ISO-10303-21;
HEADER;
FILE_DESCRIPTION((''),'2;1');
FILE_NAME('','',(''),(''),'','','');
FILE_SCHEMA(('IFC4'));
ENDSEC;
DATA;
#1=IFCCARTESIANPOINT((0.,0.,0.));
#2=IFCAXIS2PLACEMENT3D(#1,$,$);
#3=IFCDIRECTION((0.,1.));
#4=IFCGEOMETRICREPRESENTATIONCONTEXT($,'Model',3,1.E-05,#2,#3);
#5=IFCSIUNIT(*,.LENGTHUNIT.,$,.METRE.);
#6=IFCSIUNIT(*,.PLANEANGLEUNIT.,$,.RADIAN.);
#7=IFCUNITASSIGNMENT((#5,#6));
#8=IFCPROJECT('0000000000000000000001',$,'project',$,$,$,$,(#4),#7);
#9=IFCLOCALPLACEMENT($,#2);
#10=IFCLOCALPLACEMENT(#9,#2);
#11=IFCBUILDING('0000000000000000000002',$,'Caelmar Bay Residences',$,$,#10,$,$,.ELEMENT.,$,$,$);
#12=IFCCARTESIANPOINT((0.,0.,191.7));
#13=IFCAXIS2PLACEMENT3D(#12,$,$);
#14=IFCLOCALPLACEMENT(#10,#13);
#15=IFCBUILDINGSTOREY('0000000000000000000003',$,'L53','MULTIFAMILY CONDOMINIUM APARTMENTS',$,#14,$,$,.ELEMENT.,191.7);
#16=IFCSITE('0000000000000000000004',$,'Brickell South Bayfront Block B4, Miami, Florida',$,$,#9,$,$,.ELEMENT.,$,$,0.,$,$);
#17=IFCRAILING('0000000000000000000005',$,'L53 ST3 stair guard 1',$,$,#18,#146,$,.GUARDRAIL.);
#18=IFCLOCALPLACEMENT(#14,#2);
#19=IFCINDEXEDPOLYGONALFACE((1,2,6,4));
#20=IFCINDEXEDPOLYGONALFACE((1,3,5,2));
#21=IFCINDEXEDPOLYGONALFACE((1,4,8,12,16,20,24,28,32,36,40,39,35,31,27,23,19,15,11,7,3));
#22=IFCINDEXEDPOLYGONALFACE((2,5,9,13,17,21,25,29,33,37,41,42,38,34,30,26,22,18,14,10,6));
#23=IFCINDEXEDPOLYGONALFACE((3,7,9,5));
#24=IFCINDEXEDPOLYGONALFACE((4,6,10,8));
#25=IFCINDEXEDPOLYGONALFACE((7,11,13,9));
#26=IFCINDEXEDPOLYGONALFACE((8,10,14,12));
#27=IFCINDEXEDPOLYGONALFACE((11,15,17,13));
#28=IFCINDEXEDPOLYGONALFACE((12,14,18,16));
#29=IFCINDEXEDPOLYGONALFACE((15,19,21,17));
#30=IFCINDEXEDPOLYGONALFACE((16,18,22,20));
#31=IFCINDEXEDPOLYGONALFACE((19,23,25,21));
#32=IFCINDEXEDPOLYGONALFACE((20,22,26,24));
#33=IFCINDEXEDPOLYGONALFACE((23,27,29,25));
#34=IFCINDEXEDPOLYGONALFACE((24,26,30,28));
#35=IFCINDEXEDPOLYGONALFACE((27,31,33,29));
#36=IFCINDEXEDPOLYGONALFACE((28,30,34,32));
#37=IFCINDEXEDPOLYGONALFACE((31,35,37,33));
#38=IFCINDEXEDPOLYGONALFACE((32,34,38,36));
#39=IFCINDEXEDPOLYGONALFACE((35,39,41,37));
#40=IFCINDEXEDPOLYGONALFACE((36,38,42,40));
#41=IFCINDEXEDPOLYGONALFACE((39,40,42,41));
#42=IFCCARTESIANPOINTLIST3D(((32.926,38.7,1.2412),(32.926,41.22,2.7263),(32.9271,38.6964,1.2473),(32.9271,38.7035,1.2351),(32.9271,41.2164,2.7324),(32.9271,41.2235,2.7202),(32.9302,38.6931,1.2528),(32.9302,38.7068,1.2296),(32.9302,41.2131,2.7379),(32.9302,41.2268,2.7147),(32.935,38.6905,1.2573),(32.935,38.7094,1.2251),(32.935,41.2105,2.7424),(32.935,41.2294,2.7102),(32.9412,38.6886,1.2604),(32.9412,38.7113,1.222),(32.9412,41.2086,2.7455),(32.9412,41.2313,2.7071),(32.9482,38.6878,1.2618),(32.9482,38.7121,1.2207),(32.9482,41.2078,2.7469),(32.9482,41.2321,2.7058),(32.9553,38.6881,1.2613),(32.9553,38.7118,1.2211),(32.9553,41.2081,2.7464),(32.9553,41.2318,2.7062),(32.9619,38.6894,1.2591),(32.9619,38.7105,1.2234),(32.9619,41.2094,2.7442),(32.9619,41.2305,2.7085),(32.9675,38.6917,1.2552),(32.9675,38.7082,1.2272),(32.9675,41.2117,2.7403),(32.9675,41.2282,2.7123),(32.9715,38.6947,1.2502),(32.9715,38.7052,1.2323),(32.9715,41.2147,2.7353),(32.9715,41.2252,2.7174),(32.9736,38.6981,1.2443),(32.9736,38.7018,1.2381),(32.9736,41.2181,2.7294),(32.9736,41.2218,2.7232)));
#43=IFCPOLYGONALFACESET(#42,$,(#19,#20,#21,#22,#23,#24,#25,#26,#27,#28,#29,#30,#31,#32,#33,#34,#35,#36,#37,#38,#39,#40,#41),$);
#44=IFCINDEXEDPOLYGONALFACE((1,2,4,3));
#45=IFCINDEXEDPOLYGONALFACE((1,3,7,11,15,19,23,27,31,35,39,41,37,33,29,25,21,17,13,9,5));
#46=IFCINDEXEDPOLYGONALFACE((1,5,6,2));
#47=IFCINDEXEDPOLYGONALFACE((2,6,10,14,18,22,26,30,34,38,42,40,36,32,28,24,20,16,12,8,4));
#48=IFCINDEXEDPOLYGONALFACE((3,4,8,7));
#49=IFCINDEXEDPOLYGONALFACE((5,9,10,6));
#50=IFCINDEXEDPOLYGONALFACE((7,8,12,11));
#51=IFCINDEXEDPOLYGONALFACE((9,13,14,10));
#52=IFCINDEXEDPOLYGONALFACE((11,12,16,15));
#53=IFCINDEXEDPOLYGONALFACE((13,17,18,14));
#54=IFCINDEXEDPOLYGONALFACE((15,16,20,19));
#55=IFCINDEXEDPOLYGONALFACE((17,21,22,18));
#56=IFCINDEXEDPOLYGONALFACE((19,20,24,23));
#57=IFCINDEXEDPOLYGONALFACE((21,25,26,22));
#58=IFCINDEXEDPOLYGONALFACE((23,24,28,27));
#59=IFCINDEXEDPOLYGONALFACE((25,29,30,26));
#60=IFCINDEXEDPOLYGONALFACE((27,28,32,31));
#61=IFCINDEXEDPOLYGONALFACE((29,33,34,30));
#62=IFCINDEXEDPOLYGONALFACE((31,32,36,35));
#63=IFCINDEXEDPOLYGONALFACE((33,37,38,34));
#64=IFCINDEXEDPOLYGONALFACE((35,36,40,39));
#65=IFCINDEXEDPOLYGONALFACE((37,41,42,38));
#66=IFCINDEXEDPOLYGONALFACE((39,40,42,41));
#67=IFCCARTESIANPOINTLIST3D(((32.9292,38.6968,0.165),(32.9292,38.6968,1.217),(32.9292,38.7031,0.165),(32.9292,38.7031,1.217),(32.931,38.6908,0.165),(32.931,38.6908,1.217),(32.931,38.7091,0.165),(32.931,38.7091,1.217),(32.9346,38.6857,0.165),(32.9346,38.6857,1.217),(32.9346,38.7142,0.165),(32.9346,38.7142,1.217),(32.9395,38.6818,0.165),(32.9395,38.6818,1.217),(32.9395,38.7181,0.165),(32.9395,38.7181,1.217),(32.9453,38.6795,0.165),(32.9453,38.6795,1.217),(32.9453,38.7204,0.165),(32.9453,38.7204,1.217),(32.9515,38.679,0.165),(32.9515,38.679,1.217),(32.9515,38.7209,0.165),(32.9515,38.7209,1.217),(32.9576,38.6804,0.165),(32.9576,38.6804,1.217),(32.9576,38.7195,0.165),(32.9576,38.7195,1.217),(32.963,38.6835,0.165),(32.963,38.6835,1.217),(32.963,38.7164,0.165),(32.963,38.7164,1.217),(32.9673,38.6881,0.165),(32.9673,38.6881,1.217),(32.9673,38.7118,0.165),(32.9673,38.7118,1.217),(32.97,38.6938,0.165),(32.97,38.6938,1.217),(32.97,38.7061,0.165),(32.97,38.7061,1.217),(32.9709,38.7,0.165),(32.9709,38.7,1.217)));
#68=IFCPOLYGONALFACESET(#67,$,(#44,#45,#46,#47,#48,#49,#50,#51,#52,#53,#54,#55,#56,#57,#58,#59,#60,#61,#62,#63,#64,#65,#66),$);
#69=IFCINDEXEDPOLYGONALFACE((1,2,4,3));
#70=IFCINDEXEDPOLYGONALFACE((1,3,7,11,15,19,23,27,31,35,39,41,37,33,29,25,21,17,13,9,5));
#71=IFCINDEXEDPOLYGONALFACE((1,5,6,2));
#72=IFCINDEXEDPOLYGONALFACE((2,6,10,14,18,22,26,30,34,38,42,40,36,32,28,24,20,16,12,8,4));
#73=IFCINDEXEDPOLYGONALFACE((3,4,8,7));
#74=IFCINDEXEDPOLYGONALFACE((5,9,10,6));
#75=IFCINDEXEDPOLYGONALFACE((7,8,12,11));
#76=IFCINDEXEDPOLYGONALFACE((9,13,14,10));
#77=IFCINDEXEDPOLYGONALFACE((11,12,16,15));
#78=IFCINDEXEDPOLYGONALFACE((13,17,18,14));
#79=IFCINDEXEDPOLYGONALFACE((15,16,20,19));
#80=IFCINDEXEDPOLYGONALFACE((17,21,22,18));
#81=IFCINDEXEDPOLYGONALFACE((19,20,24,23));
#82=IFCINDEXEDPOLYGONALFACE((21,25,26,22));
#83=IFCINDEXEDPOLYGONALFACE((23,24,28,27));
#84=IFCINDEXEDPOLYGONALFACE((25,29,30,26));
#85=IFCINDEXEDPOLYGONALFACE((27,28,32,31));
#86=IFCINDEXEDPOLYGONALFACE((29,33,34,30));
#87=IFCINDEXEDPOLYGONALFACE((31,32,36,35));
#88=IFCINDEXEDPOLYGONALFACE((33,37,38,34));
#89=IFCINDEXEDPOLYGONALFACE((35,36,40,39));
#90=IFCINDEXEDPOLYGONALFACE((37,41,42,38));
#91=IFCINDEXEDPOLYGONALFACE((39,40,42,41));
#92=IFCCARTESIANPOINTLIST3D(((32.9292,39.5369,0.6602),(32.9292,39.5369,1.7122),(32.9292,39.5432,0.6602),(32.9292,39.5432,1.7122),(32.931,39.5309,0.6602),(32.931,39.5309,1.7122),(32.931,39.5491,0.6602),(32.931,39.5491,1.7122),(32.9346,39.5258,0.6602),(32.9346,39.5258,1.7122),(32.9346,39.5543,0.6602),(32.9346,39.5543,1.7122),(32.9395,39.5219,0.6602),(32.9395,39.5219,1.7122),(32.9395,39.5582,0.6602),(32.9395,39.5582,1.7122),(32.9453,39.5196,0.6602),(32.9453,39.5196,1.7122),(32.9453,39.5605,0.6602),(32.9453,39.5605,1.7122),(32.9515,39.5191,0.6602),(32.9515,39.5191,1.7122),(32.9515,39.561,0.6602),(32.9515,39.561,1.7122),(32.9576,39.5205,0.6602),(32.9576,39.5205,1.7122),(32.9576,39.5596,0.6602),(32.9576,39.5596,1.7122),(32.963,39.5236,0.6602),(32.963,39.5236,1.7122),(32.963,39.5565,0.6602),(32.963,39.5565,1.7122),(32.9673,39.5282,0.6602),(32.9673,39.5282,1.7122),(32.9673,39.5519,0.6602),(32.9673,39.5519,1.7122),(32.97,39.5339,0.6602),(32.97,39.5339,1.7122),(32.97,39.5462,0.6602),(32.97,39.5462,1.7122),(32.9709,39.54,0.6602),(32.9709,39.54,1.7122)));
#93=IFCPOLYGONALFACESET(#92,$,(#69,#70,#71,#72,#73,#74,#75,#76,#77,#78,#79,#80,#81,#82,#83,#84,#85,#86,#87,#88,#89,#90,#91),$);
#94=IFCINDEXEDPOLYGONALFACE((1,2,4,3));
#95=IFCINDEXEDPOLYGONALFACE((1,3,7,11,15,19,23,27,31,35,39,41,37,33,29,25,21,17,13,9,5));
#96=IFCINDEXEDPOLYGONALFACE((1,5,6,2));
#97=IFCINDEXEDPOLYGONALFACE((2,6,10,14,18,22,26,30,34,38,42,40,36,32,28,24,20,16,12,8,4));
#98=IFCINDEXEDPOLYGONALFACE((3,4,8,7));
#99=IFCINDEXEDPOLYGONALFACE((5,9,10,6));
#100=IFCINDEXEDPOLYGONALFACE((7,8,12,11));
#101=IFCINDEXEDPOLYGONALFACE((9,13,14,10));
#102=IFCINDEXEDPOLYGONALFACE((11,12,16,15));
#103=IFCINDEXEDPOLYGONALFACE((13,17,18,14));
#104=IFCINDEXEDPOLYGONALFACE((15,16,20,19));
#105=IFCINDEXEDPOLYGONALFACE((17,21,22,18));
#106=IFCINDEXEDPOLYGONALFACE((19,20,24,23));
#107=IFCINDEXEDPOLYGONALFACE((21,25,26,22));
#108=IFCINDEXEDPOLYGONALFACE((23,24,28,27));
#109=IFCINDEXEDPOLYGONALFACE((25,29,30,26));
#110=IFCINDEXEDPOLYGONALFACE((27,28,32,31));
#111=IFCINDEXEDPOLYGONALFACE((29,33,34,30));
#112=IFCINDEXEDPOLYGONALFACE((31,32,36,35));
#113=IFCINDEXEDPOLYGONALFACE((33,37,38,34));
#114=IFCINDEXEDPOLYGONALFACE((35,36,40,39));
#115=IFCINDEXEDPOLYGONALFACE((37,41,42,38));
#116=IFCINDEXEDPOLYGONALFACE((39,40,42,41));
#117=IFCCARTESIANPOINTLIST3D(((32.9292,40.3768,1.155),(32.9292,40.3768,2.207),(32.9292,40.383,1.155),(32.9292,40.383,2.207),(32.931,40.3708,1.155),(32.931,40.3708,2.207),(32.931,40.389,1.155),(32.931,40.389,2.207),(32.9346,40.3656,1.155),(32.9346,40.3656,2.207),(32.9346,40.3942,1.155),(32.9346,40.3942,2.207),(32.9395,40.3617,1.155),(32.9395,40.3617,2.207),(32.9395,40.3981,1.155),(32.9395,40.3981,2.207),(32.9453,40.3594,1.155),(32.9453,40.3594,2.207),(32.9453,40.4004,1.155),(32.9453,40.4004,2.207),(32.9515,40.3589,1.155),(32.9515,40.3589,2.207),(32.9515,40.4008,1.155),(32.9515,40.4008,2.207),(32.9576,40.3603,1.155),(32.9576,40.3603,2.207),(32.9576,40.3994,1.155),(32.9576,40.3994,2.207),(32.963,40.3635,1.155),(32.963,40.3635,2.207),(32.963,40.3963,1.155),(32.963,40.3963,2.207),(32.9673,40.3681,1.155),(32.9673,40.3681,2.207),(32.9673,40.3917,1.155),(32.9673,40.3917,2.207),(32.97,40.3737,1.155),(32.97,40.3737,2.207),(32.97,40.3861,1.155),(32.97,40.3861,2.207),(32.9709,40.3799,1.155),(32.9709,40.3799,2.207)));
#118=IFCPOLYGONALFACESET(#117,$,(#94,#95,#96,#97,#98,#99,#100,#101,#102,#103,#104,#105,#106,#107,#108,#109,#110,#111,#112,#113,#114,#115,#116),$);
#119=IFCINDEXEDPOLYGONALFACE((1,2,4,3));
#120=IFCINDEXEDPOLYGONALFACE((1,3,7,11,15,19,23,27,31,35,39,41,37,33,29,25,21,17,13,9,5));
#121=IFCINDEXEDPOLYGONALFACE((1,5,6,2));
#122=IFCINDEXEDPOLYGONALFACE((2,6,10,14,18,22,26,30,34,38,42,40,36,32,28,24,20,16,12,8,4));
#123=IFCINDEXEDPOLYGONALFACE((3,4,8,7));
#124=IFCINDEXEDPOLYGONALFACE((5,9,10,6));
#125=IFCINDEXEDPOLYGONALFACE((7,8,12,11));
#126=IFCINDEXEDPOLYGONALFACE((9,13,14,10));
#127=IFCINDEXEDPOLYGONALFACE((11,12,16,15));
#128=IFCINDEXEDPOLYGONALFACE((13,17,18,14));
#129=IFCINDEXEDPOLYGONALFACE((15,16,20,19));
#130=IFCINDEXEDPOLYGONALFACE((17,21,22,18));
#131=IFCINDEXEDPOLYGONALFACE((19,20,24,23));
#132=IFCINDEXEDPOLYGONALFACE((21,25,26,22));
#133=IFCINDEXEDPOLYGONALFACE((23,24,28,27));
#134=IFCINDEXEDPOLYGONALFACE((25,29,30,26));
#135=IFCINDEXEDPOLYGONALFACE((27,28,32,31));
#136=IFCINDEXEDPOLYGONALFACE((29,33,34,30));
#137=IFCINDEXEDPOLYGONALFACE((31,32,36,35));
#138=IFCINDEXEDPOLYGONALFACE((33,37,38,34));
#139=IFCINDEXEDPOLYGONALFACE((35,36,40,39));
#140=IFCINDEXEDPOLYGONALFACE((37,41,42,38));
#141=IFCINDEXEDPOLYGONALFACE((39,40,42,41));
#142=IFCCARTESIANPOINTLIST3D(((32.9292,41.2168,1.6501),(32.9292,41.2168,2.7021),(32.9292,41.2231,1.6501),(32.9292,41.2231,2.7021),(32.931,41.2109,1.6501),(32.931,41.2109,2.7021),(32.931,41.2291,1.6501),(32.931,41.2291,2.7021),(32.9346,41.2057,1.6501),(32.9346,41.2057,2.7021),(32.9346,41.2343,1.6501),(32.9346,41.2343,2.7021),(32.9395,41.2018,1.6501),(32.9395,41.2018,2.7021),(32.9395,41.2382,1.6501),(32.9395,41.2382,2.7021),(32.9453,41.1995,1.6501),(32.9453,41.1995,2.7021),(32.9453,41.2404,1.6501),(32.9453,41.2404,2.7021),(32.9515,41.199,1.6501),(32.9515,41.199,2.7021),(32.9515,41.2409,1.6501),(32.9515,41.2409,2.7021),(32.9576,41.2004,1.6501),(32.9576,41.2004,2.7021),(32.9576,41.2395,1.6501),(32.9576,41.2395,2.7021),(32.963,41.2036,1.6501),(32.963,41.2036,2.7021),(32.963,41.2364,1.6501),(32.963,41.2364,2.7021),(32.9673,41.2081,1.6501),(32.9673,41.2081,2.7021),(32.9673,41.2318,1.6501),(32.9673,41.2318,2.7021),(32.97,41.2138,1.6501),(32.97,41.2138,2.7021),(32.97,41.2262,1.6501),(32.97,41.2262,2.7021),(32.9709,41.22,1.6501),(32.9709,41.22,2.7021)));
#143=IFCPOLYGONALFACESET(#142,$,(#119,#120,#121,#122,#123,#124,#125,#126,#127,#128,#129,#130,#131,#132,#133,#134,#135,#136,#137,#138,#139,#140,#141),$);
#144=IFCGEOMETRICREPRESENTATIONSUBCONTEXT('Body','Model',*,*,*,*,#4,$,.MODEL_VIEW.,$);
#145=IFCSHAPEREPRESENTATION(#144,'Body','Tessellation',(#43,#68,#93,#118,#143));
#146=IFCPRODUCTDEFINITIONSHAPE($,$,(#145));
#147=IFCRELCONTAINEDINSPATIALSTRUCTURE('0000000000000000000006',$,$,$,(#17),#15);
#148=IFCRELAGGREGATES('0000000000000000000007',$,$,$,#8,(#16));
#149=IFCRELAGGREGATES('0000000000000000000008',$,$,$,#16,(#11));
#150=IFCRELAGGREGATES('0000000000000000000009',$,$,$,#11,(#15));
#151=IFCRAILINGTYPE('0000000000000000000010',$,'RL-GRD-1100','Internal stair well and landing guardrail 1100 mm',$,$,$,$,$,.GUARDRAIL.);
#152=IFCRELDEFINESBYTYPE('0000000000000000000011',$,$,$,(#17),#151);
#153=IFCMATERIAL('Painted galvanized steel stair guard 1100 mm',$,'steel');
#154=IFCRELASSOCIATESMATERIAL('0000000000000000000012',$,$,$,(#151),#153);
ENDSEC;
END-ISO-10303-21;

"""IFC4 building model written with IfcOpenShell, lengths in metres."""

from ifc_helpers import new_model, si_unit, direction, frame, origin, origin_2d, place, context, subcontext, project, spatial, circle, extrude, material, type_object, element, save


model = new_model("IFC4")

# Units and contexts
model_context = context("Model", 3, precision=1e-05, world=origin(), true_north=direction((0.0, 1.0)))
body_context = subcontext(model_context, "Body", "Model", "MODEL_VIEW")
ifc_project = project(units=[si_unit("LENGTHUNIT", "METRE"), si_unit("PLANEANGLEUNIT", "RADIAN")], contexts=[model_context])

# Site, building, storey
site_placement = place(None, origin())
site = spatial("IfcSite", under=ifc_project, at=site_placement, Name="Brickell South Bayfront Block B4, Miami, Florida", CompositionType="ELEMENT", RefElevation=0.0)
building_placement = place(site_placement, origin())
building = spatial("IfcBuilding", under=site, at=building_placement, Name="Caelmar Bay Residences", CompositionType="ELEMENT")
storey_placement = place(building_placement, frame((0.0, 0.0, 191.7)))
storey = spatial("IfcBuildingStorey", under=building, at=storey_placement, Name="L53", Description="MULTIFAMILY CONDOMINIUM APARTMENTS", CompositionType="ELEMENT", Elevation=191.7)

# Railing
ifc_material_1 = material(Name="Painted galvanized steel stair guard 1100 mm", Category="steel")
railing_type_1 = type_object("IfcRailingType", Name="RL-GRD-1100", Description="Internal stair well and landing guardrail 1100 mm", PredefinedType="GUARDRAIL", material=ifc_material_1)
railing_1_placement = place(storey_placement, frame((32.95, 38.7, 0.165)))
element("IfcRailing", 1, at=railing_1_placement, inside=storey, type_object=railing_type_1, Name="L53 ST3 stair guard 1", PredefinedType="GUARDRAIL", context=body_context, shape_type="SweptSolid", body=[
    extrude(circle(Radius=0.0239, at=origin_2d()), frame((0.0, 0.0, 1.0762), z_axis=(0.0, 0.861524, 0.507717), x_axis=(-1.0, 0.0, 0.0)), (0.0, 0.0, 1.0), 2.925),
    extrude(circle(Radius=0.021, at=origin_2d()), origin(), (0.0, 0.0, 1.0), 1.052),
    extrude(circle(Radius=0.021, at=origin_2d()), frame((0.0, 0.8401, 0.4951)), (0.0, 0.0, 1.0), 1.052),
    extrude(circle(Radius=0.021, at=origin_2d()), frame((0.0, 1.6799, 0.99)), (0.0, 0.0, 1.0), 1.052),
    extrude(circle(Radius=0.021, at=origin_2d()), frame((0.0, 2.52, 1.4851)), (0.0, 0.0, 1.0), 1.052),
])

save(model, "model.ifc")
